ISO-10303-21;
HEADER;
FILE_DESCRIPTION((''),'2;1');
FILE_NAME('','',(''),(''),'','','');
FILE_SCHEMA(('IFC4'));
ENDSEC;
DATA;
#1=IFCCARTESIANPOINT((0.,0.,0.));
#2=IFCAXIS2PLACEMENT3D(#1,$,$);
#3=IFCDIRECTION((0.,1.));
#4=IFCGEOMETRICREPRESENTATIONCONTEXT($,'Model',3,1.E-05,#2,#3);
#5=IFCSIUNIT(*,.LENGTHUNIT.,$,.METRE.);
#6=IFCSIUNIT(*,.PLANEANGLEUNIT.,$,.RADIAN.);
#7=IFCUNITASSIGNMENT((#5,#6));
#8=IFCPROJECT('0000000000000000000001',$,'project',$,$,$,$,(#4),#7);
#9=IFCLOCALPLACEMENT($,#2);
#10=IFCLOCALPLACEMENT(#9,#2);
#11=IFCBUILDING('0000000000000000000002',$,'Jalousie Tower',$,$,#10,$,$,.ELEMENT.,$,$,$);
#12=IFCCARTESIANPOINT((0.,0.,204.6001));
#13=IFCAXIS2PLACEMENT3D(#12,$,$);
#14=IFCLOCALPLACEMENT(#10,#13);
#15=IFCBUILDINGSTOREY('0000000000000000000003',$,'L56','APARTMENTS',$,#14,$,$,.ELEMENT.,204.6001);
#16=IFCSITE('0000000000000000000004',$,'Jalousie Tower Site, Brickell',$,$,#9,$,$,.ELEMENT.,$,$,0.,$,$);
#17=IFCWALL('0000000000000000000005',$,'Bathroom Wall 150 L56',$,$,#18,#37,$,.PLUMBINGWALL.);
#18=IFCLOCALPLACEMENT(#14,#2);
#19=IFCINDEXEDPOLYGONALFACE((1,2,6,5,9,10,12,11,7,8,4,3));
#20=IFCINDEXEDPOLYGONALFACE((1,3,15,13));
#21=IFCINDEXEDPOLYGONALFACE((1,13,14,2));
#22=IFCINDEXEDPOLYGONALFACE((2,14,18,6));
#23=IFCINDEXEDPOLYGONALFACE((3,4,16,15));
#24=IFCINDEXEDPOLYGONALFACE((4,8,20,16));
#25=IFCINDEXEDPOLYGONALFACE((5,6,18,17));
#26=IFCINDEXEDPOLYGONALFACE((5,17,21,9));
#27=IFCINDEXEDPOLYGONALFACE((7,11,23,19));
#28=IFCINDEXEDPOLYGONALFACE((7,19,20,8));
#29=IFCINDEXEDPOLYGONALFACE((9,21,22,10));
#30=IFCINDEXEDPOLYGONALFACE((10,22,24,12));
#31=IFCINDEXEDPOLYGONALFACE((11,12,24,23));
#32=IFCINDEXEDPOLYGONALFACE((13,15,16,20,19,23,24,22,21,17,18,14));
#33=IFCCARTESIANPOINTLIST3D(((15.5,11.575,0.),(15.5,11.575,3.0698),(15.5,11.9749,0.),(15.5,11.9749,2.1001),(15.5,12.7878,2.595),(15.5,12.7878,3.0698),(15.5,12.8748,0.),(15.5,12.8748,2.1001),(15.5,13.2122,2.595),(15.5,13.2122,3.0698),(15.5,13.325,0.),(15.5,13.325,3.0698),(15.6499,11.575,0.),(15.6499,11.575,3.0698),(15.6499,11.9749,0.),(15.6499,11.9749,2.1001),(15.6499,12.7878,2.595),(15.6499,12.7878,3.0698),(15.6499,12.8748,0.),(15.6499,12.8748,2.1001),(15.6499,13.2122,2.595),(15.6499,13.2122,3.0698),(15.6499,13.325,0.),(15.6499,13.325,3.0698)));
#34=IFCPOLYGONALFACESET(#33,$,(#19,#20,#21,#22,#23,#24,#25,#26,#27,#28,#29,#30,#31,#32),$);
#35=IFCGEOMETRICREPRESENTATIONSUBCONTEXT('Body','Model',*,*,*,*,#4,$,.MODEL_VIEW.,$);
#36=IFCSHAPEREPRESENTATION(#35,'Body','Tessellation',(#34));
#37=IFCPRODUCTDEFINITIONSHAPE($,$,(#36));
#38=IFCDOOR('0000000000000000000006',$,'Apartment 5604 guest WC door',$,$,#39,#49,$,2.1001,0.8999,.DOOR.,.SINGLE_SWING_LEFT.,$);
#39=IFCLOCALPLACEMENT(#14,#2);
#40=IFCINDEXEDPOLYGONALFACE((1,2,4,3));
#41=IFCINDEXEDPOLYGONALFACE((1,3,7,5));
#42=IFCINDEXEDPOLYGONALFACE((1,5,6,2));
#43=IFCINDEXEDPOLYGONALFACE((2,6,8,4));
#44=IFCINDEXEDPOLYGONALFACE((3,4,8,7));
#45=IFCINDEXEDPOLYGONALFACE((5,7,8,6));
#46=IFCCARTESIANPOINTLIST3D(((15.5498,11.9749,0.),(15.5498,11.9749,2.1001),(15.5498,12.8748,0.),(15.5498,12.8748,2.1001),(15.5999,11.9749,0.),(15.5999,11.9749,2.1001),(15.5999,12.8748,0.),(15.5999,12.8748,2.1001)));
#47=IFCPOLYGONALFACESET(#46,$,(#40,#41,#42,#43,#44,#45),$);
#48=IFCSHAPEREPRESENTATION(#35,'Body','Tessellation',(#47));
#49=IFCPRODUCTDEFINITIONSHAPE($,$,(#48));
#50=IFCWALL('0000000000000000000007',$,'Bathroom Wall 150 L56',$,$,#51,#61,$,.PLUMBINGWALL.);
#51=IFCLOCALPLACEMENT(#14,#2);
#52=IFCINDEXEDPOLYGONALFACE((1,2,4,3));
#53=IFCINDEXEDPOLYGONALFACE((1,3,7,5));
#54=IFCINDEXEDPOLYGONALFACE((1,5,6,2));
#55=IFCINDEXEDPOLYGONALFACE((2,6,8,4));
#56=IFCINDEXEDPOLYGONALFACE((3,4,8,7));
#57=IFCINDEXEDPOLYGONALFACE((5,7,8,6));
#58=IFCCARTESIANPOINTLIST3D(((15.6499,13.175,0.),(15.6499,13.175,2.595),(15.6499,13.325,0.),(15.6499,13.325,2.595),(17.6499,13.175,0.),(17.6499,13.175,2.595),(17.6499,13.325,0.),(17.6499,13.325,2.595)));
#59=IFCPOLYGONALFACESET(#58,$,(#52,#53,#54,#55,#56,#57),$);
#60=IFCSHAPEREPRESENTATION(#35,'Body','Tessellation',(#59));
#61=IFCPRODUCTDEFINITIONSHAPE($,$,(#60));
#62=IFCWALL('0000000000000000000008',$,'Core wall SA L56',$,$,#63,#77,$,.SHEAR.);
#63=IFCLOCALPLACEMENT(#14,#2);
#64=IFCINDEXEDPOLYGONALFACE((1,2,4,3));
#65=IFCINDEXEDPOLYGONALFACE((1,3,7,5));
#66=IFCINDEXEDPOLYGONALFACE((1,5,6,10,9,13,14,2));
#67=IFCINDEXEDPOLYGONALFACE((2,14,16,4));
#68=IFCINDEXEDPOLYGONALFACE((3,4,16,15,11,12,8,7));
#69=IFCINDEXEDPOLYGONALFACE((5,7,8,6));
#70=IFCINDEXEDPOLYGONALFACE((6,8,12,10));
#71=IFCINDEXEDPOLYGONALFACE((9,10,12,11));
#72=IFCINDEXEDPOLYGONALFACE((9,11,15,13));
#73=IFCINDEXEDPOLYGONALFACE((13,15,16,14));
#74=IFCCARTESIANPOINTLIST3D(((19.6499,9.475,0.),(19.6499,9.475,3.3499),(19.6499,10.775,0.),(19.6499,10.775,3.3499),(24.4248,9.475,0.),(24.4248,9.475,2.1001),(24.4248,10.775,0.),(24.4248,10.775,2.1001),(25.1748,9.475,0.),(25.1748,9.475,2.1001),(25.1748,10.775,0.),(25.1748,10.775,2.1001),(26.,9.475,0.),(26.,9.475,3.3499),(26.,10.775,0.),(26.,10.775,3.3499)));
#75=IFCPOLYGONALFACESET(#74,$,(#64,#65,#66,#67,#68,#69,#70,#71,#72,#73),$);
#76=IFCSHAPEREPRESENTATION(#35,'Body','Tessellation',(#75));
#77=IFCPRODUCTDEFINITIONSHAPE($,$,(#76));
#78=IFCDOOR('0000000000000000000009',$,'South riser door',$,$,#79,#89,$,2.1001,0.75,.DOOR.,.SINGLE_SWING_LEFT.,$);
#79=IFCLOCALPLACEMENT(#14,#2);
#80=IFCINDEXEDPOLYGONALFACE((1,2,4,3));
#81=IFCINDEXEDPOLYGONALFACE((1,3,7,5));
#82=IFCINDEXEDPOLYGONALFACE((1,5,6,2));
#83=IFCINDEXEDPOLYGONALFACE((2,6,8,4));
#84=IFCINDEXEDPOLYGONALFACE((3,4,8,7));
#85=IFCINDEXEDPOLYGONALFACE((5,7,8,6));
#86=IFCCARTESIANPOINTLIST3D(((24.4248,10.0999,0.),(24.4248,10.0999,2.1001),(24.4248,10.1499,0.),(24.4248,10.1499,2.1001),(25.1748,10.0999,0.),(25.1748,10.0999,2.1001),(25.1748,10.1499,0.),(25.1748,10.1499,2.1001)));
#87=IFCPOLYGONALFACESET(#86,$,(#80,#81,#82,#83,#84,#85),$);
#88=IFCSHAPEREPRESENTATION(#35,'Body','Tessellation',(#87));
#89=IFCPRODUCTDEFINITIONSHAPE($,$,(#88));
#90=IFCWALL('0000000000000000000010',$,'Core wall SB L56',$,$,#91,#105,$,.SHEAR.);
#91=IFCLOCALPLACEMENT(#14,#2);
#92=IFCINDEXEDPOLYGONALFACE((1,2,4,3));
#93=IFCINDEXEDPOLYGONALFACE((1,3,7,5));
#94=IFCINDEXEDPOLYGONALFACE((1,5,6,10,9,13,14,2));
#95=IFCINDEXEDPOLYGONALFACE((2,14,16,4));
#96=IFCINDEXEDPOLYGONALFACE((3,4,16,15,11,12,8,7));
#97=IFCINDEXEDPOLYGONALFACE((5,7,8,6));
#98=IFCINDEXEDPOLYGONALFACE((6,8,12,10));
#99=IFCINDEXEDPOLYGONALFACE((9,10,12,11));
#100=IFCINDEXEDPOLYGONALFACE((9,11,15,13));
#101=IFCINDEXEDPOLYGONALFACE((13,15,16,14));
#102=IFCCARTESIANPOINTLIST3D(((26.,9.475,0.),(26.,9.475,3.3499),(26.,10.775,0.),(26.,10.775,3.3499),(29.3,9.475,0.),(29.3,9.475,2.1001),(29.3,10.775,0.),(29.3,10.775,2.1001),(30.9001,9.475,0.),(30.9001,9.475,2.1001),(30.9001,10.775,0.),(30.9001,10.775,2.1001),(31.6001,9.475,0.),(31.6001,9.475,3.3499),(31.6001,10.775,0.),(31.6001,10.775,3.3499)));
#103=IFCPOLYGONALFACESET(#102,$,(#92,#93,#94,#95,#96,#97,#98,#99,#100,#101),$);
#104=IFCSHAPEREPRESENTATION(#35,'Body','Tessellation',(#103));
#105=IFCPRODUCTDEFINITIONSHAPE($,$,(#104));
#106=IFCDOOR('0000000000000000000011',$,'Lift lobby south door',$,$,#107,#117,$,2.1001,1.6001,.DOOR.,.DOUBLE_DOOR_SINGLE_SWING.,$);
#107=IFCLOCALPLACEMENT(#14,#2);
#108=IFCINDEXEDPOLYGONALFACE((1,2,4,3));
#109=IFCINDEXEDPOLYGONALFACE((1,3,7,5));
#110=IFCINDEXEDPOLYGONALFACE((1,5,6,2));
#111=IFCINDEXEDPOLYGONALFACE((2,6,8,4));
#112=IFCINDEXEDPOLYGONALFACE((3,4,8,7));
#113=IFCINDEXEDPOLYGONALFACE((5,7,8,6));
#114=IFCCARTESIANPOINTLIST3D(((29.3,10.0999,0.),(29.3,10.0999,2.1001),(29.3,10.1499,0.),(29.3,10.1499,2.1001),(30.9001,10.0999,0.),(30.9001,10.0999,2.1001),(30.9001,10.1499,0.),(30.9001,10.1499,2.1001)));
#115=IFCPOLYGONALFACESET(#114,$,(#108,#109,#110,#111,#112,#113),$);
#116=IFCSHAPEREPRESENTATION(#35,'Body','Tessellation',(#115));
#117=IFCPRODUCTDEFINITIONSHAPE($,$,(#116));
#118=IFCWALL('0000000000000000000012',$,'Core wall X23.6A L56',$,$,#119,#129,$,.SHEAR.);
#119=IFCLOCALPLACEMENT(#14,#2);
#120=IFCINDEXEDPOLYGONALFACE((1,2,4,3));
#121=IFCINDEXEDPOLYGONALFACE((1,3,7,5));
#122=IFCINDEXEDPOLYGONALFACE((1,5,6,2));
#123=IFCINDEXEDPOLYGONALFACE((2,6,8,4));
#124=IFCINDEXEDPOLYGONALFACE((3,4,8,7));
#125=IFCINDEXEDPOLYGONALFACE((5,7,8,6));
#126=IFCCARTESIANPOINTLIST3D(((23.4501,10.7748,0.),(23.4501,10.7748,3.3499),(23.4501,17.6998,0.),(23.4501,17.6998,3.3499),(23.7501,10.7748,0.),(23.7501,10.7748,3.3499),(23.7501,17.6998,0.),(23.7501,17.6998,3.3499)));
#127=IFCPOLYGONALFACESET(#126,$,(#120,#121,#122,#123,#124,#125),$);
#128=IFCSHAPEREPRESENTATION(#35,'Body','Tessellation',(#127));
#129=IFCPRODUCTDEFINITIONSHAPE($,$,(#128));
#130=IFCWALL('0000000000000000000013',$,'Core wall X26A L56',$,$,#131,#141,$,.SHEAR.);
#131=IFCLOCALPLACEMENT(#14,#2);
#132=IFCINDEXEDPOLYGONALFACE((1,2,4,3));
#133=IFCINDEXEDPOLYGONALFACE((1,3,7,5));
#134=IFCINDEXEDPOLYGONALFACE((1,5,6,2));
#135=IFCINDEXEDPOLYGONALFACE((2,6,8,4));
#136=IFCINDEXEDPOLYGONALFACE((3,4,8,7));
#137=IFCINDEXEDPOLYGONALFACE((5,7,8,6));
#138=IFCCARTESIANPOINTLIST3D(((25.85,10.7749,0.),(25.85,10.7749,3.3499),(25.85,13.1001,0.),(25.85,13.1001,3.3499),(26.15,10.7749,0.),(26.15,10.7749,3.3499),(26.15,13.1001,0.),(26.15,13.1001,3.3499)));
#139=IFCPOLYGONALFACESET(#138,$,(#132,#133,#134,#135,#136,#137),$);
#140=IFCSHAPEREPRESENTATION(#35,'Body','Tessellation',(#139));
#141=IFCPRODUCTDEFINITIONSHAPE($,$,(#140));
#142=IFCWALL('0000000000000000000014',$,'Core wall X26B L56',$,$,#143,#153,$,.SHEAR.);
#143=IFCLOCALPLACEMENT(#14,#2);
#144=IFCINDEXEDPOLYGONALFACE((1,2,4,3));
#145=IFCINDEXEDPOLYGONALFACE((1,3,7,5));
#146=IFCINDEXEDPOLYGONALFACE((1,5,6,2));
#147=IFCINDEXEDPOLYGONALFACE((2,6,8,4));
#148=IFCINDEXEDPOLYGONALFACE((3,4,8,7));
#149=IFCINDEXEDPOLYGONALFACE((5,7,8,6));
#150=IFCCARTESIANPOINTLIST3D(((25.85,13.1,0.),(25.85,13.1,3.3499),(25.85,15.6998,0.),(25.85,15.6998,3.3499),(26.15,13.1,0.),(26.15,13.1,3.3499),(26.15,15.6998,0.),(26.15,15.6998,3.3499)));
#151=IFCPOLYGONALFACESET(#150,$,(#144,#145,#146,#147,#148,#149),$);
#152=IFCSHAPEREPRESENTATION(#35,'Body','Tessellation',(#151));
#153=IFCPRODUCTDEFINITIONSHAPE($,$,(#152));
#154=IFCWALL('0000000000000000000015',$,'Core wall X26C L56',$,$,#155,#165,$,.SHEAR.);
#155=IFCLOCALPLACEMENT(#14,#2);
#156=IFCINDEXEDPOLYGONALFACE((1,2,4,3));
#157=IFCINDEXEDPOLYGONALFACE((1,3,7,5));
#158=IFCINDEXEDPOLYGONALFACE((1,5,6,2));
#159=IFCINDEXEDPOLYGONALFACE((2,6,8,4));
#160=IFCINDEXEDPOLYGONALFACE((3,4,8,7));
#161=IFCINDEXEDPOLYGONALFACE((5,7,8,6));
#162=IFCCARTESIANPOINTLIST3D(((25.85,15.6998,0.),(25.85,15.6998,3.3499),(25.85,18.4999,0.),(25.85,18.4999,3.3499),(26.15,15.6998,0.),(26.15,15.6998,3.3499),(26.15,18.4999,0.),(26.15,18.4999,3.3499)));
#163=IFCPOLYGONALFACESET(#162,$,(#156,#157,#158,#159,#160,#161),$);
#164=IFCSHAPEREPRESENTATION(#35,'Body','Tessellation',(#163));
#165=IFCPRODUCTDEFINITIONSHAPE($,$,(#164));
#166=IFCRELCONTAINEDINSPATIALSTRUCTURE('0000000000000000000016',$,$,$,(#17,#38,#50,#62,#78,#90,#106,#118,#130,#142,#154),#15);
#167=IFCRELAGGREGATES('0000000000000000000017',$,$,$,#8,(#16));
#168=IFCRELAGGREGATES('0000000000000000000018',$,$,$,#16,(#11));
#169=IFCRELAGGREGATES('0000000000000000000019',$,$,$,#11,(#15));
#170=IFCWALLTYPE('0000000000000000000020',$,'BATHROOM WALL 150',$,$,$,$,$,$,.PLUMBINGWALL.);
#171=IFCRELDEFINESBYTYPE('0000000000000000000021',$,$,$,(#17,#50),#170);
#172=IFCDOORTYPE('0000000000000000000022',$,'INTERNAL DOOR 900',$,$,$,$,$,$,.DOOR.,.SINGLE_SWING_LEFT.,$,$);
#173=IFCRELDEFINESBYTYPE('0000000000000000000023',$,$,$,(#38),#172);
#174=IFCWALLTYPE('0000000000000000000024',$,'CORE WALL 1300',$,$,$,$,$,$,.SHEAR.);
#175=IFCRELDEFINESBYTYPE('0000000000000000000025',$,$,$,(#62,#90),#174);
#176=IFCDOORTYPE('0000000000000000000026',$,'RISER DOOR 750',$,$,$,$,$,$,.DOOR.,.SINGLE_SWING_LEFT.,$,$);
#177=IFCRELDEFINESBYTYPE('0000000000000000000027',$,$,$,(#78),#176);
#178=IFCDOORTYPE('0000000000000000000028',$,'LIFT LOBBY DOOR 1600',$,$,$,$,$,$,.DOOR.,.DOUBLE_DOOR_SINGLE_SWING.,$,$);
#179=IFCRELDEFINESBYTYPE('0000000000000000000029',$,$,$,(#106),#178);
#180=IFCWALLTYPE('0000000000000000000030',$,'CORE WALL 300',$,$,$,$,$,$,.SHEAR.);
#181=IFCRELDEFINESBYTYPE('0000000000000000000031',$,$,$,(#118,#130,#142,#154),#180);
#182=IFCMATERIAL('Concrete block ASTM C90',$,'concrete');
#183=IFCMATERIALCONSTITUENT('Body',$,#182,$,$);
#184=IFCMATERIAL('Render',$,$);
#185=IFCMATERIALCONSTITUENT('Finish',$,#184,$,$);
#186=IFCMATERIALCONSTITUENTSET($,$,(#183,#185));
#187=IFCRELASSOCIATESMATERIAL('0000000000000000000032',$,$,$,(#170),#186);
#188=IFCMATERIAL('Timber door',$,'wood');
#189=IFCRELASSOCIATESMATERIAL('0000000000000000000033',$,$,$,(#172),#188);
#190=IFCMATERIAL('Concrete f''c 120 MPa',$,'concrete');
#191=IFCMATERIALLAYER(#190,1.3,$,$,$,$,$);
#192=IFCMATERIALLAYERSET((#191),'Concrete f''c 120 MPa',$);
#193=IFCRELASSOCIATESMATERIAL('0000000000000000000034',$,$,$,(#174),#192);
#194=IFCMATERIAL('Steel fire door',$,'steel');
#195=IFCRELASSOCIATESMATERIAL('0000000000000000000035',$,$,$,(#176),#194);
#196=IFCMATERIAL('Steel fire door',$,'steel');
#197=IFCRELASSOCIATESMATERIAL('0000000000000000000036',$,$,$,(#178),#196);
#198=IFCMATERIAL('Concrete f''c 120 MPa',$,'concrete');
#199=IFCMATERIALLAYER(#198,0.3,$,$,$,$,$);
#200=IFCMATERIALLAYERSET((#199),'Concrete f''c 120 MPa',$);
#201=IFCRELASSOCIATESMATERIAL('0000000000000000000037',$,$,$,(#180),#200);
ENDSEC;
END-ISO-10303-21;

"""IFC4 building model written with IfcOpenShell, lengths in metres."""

from ifc_helpers import new_model, si_unit, direction, frame, frame_2d, origin, place, context, subcontext, project, spatial, polyline, rectangle, outline, extrude, material, layer, layer_set, constituent, constituent_set, type_object, element, fill, save


model = new_model("IFC4")

# Units and contexts
model_context = context("Model", 3, precision=1e-05, world=origin(), true_north=direction((0.0, 1.0)))
body_context = subcontext(model_context, "Body", "Model", "MODEL_VIEW")
ifc_project = project(units=[si_unit("LENGTHUNIT", "METRE"), si_unit("PLANEANGLEUNIT", "RADIAN")], contexts=[model_context])

# Site, building, storey
site_placement = place(None, origin())
site = spatial("IfcSite", under=ifc_project, at=site_placement, Name="Jalousie Tower Site, Brickell", CompositionType="ELEMENT", RefElevation=0.0)
building_placement = place(site_placement, origin())
building = spatial("IfcBuilding", under=site, at=building_placement, Name="Jalousie Tower", CompositionType="ELEMENT")
storey_placement = place(building_placement, frame((0.0, 0.0, 204.6001)))
storey = spatial("IfcBuildingStorey", under=building, at=storey_placement, Name="L56", Description="APARTMENTS", CompositionType="ELEMENT", Elevation=204.6001)

# Wall, opening, door
ifc_material_1 = material(Name="Concrete block ASTM C90", Category="concrete")
ifc_constituent_1 = constituent(ifc_material_1, Name="Body")
ifc_material_2 = material(Name="Render")
ifc_constituent_2 = constituent(ifc_material_2, Name="Finish")
ifc_constituent_set_1 = constituent_set(constituents=[ifc_constituent_1, ifc_constituent_2])
wall_type_1 = type_object("IfcWallType", Name="BATHROOM WALL 150", PredefinedType="PLUMBINGWALL", material=ifc_constituent_set_1)
wall_1_placement = place(storey_placement, frame((15.575, 11.575, 0.0), z_axis=(0.0, 0.0, 1.0), x_axis=(0.0, 1.0, 0.0)))
wall_1 = element("IfcWall", 1, at=wall_1_placement, inside=storey, type_object=wall_type_1, Name="Bathroom Wall 150 L56", PredefinedType="PLUMBINGWALL", context=body_context, shape_type="SweptSolid", body=[
    extrude(outline(polyline([(0.0, 0.0), (1.75, 0.0), (1.75, 3.0698), (1.6372, 3.0698), (1.6372, 2.595), (1.2129, 2.595), (1.2129, 3.0698), (0.0, 3.0698), (0.0, 0.0)])), frame((0.0, 0.075, 0.0), z_axis=(0.0, -1.0, 0.0), x_axis=(1.0, 0.0, 0.0)), (0.0, 0.0, 1.0), 0.1499),
])
opening_1_placement = place(wall_1_placement, frame((0.3999, 0.0, 0.0)))
opening_1 = element("IfcOpeningElement", 2, at=opening_1_placement, cuts=wall_1, PredefinedType="OPENING", context=body_context, shape_type="SweptSolid", body=[
    extrude(rectangle(XDim=0.8999, YDim=2.1001, at=frame_2d((0.45, 1.05))), frame((0.0, 0.085, 0.0), z_axis=(0.0, -1.0, 0.0), x_axis=(1.0, 0.0, 0.0)), (0.0, 0.0, 1.0), 0.1699),
])
ifc_material_3 = material(Name="Timber door", Category="wood")
door_type_1 = type_object("IfcDoorType", Name="INTERNAL DOOR 900", OperationType="SINGLE_SWING_LEFT", PredefinedType="DOOR", material=ifc_material_3)
door_1_placement = place(opening_1_placement, frame((0.8999, 0.0, 0.0), z_axis=(0.0, 0.0, 1.0), x_axis=(-1.0, 0.0, 0.0)))
door_1 = element("IfcDoor", 3, at=door_1_placement, inside=storey, type_object=door_type_1, Name="Apartment 5604 guest WC door", OperationType="SINGLE_SWING_LEFT", OverallHeight=2.1001, OverallWidth=0.8999, PredefinedType="DOOR", context=body_context, shape_type="SweptSolid", body=[
    extrude(rectangle(XDim=0.8999, YDim=2.1001, at=frame_2d((0.45, 1.05))), frame((0.0, 0.0249, 0.0), z_axis=(0.0, -1.0, 0.0), x_axis=(1.0, 0.0, 0.0)), (0.0, 0.0, 1.0), 0.05),
])
fill(opening_1, door_1)

# Wall
wall_2_placement = place(storey_placement, frame((17.6499, 13.25, 0.0), z_axis=(0.0, 0.0, 1.0), x_axis=(-1.0, 0.0, 0.0)))
element("IfcWall", 4, at=wall_2_placement, inside=storey, type_object=wall_type_1, Name="Bathroom Wall 150 L56", PredefinedType="PLUMBINGWALL", context=body_context, shape_type="SweptSolid", body=[
    extrude(rectangle(XDim=2.0, YDim=0.1499, at=frame_2d((1.0, 0.0))), origin(), (0.0, 0.0, 1.0), 2.595),
])

# Walls, openings, doors
ifc_material_4 = material(Name="Concrete f'c 120 MPa", Category="concrete")
ifc_layer_1 = layer(ifc_material_4, 1.3)
ifc_layer_set_1 = layer_set([ifc_layer_1], Name="Concrete f'c 120 MPa")
wall_type_2 = type_object("IfcWallType", Name="CORE WALL 1300", PredefinedType="SHEAR", material=ifc_layer_set_1)
wall_3_placement = place(storey_placement, frame((19.6499, 10.125, 0.0), z_axis=(0.0, 0.0, 1.0), x_axis=(1.0, 0.0, 0.0)))
wall_3 = element("IfcWall", 5, at=wall_3_placement, inside=storey, type_object=wall_type_2, Name="Core wall SA L56", PredefinedType="SHEAR", context=body_context, shape_type="SweptSolid", body=[
    extrude(rectangle(XDim=6.3501, YDim=1.3, at=frame_2d((3.175, 0.0))), origin(), (0.0, 0.0, 1.0), 3.3499),
])
opening_2_placement = place(wall_3_placement, frame((4.7749, 0.0, 0.0)))
opening_2 = element("IfcOpeningElement", 6, at=opening_2_placement, cuts=wall_3, PredefinedType="OPENING", context=body_context, shape_type="SweptSolid", body=[
    extrude(rectangle(XDim=0.75, YDim=2.1001, at=frame_2d((0.375, 1.05))), frame((0.0, 0.6599, 0.0), z_axis=(0.0, -1.0, 0.0), x_axis=(1.0, 0.0, 0.0)), (0.0, 0.0, 1.0), 1.3201),
])
ifc_material_5 = material(Name="Steel fire door", Category="steel")
door_type_2 = type_object("IfcDoorType", Name="RISER DOOR 750", OperationType="SINGLE_SWING_LEFT", PredefinedType="DOOR", material=ifc_material_5)
door_2_placement = place(opening_2_placement, origin())
door_2 = element("IfcDoor", 7, at=door_2_placement, inside=storey, type_object=door_type_2, Name="South riser door", OperationType="SINGLE_SWING_LEFT", OverallHeight=2.1001, OverallWidth=0.75, PredefinedType="DOOR", context=body_context, shape_type="SweptSolid", body=[
    extrude(rectangle(XDim=0.75, YDim=2.1001, at=frame_2d((0.375, 1.05))), frame((0.0, 0.0249, 0.0), z_axis=(0.0, -1.0, 0.0), x_axis=(1.0, 0.0, 0.0)), (0.0, 0.0, 1.0), 0.05),
])
fill(opening_2, door_2)
wall_4_placement = place(storey_placement, frame((26.0, 10.125, 0.0), z_axis=(0.0, 0.0, 1.0), x_axis=(1.0, 0.0, 0.0)))
wall_4 = element("IfcWall", 8, at=wall_4_placement, inside=storey, type_object=wall_type_2, Name="Core wall SB L56", PredefinedType="SHEAR", context=body_context, shape_type="SweptSolid", body=[
    extrude(rectangle(XDim=5.6001, YDim=1.3, at=frame_2d((2.8, 0.0))), origin(), (0.0, 0.0, 1.0), 3.3499),
])
opening_3_placement = place(wall_4_placement, frame((3.3, 0.0, 0.0)))
opening_3 = element("IfcOpeningElement", 9, at=opening_3_placement, cuts=wall_4, PredefinedType="OPENING", context=body_context, shape_type="SweptSolid", body=[
    extrude(rectangle(XDim=1.6001, YDim=2.1001, at=frame_2d((0.8, 1.05))), frame((0.0, 0.6599, 0.0), z_axis=(0.0, -1.0, 0.0), x_axis=(1.0, 0.0, 0.0)), (0.0, 0.0, 1.0), 1.3201),
])
ifc_material_6 = material(Name="Steel fire door", Category="steel")
door_type_3 = type_object("IfcDoorType", Name="LIFT LOBBY DOOR 1600", OperationType="DOUBLE_DOOR_SINGLE_SWING", PredefinedType="DOOR", material=ifc_material_6)
door_3_placement = place(opening_3_placement, origin())
door_3 = element("IfcDoor", 10, at=door_3_placement, inside=storey, type_object=door_type_3, Name="Lift lobby south door", OperationType="DOUBLE_DOOR_SINGLE_SWING", OverallHeight=2.1001, OverallWidth=1.6001, PredefinedType="DOOR", context=body_context, shape_type="SweptSolid", body=[
    extrude(rectangle(XDim=1.6001, YDim=2.1001, at=frame_2d((0.8, 1.05))), frame((0.0, 0.0249, 0.0), z_axis=(0.0, -1.0, 0.0), x_axis=(1.0, 0.0, 0.0)), (0.0, 0.0, 1.0), 0.05),
])
fill(opening_3, door_3)

# Walls
ifc_material_7 = material(Name="Concrete f'c 120 MPa", Category="concrete")
ifc_layer_2 = layer(ifc_material_7, 0.3)
ifc_layer_set_2 = layer_set([ifc_layer_2], Name="Concrete f'c 120 MPa")
wall_type_3 = type_object("IfcWallType", Name="CORE WALL 300", PredefinedType="SHEAR", material=ifc_layer_set_2)
wall_5_placement = place(storey_placement, frame((23.6001, 10.7749, 0.0), z_axis=(0.0, 0.0, 1.0), x_axis=(0.0, 1.0, 0.0)))
element("IfcWall", 11, at=wall_5_placement, inside=storey, type_object=wall_type_3, Name="Core wall X23.6A L56", PredefinedType="SHEAR", context=body_context, shape_type="SweptSolid", body=[
    extrude(rectangle(XDim=6.925, YDim=0.3, at=frame_2d((3.4624, 0.0))), origin(), (0.0, 0.0, 1.0), 3.3499),
])
wall_6_placement = place(storey_placement, frame((26.0, 10.7749, 0.0), z_axis=(0.0, 0.0, 1.0), x_axis=(0.0, 1.0, 0.0)))
element("IfcWall", 12, at=wall_6_placement, inside=storey, type_object=wall_type_3, Name="Core wall X26A L56", PredefinedType="SHEAR", context=body_context, shape_type="SweptSolid", body=[
    extrude(rectangle(XDim=2.3252, YDim=0.3, at=frame_2d((1.1626, 0.0))), origin(), (0.0, 0.0, 1.0), 3.3499),
])
wall_7_placement = place(storey_placement, frame((26.0, 13.1001, 0.0), z_axis=(0.0, 0.0, 1.0), x_axis=(0.0, 1.0, 0.0)))
element("IfcWall", 13, at=wall_7_placement, inside=storey, type_object=wall_type_3, Name="Core wall X26B L56", PredefinedType="SHEAR", context=body_context, shape_type="SweptSolid", body=[
    extrude(rectangle(XDim=2.5999, YDim=0.3, at=frame_2d((1.2998, 0.0))), origin(), (0.0, 0.0, 1.0), 3.3499),
])
wall_8_placement = place(storey_placement, frame((26.0, 15.7, 0.0), z_axis=(0.0, 0.0, 1.0), x_axis=(0.0, 1.0, 0.0)))
element("IfcWall", 14, at=wall_8_placement, inside=storey, type_object=wall_type_3, Name="Core wall X26C L56", PredefinedType="SHEAR", context=body_context, shape_type="SweptSolid", body=[
    extrude(rectangle(XDim=2.8, YDim=0.3, at=frame_2d((1.3999, 0.0))), origin(), (0.0, 0.0, 1.0), 3.3499),
])

save(model, "model.ifc")
